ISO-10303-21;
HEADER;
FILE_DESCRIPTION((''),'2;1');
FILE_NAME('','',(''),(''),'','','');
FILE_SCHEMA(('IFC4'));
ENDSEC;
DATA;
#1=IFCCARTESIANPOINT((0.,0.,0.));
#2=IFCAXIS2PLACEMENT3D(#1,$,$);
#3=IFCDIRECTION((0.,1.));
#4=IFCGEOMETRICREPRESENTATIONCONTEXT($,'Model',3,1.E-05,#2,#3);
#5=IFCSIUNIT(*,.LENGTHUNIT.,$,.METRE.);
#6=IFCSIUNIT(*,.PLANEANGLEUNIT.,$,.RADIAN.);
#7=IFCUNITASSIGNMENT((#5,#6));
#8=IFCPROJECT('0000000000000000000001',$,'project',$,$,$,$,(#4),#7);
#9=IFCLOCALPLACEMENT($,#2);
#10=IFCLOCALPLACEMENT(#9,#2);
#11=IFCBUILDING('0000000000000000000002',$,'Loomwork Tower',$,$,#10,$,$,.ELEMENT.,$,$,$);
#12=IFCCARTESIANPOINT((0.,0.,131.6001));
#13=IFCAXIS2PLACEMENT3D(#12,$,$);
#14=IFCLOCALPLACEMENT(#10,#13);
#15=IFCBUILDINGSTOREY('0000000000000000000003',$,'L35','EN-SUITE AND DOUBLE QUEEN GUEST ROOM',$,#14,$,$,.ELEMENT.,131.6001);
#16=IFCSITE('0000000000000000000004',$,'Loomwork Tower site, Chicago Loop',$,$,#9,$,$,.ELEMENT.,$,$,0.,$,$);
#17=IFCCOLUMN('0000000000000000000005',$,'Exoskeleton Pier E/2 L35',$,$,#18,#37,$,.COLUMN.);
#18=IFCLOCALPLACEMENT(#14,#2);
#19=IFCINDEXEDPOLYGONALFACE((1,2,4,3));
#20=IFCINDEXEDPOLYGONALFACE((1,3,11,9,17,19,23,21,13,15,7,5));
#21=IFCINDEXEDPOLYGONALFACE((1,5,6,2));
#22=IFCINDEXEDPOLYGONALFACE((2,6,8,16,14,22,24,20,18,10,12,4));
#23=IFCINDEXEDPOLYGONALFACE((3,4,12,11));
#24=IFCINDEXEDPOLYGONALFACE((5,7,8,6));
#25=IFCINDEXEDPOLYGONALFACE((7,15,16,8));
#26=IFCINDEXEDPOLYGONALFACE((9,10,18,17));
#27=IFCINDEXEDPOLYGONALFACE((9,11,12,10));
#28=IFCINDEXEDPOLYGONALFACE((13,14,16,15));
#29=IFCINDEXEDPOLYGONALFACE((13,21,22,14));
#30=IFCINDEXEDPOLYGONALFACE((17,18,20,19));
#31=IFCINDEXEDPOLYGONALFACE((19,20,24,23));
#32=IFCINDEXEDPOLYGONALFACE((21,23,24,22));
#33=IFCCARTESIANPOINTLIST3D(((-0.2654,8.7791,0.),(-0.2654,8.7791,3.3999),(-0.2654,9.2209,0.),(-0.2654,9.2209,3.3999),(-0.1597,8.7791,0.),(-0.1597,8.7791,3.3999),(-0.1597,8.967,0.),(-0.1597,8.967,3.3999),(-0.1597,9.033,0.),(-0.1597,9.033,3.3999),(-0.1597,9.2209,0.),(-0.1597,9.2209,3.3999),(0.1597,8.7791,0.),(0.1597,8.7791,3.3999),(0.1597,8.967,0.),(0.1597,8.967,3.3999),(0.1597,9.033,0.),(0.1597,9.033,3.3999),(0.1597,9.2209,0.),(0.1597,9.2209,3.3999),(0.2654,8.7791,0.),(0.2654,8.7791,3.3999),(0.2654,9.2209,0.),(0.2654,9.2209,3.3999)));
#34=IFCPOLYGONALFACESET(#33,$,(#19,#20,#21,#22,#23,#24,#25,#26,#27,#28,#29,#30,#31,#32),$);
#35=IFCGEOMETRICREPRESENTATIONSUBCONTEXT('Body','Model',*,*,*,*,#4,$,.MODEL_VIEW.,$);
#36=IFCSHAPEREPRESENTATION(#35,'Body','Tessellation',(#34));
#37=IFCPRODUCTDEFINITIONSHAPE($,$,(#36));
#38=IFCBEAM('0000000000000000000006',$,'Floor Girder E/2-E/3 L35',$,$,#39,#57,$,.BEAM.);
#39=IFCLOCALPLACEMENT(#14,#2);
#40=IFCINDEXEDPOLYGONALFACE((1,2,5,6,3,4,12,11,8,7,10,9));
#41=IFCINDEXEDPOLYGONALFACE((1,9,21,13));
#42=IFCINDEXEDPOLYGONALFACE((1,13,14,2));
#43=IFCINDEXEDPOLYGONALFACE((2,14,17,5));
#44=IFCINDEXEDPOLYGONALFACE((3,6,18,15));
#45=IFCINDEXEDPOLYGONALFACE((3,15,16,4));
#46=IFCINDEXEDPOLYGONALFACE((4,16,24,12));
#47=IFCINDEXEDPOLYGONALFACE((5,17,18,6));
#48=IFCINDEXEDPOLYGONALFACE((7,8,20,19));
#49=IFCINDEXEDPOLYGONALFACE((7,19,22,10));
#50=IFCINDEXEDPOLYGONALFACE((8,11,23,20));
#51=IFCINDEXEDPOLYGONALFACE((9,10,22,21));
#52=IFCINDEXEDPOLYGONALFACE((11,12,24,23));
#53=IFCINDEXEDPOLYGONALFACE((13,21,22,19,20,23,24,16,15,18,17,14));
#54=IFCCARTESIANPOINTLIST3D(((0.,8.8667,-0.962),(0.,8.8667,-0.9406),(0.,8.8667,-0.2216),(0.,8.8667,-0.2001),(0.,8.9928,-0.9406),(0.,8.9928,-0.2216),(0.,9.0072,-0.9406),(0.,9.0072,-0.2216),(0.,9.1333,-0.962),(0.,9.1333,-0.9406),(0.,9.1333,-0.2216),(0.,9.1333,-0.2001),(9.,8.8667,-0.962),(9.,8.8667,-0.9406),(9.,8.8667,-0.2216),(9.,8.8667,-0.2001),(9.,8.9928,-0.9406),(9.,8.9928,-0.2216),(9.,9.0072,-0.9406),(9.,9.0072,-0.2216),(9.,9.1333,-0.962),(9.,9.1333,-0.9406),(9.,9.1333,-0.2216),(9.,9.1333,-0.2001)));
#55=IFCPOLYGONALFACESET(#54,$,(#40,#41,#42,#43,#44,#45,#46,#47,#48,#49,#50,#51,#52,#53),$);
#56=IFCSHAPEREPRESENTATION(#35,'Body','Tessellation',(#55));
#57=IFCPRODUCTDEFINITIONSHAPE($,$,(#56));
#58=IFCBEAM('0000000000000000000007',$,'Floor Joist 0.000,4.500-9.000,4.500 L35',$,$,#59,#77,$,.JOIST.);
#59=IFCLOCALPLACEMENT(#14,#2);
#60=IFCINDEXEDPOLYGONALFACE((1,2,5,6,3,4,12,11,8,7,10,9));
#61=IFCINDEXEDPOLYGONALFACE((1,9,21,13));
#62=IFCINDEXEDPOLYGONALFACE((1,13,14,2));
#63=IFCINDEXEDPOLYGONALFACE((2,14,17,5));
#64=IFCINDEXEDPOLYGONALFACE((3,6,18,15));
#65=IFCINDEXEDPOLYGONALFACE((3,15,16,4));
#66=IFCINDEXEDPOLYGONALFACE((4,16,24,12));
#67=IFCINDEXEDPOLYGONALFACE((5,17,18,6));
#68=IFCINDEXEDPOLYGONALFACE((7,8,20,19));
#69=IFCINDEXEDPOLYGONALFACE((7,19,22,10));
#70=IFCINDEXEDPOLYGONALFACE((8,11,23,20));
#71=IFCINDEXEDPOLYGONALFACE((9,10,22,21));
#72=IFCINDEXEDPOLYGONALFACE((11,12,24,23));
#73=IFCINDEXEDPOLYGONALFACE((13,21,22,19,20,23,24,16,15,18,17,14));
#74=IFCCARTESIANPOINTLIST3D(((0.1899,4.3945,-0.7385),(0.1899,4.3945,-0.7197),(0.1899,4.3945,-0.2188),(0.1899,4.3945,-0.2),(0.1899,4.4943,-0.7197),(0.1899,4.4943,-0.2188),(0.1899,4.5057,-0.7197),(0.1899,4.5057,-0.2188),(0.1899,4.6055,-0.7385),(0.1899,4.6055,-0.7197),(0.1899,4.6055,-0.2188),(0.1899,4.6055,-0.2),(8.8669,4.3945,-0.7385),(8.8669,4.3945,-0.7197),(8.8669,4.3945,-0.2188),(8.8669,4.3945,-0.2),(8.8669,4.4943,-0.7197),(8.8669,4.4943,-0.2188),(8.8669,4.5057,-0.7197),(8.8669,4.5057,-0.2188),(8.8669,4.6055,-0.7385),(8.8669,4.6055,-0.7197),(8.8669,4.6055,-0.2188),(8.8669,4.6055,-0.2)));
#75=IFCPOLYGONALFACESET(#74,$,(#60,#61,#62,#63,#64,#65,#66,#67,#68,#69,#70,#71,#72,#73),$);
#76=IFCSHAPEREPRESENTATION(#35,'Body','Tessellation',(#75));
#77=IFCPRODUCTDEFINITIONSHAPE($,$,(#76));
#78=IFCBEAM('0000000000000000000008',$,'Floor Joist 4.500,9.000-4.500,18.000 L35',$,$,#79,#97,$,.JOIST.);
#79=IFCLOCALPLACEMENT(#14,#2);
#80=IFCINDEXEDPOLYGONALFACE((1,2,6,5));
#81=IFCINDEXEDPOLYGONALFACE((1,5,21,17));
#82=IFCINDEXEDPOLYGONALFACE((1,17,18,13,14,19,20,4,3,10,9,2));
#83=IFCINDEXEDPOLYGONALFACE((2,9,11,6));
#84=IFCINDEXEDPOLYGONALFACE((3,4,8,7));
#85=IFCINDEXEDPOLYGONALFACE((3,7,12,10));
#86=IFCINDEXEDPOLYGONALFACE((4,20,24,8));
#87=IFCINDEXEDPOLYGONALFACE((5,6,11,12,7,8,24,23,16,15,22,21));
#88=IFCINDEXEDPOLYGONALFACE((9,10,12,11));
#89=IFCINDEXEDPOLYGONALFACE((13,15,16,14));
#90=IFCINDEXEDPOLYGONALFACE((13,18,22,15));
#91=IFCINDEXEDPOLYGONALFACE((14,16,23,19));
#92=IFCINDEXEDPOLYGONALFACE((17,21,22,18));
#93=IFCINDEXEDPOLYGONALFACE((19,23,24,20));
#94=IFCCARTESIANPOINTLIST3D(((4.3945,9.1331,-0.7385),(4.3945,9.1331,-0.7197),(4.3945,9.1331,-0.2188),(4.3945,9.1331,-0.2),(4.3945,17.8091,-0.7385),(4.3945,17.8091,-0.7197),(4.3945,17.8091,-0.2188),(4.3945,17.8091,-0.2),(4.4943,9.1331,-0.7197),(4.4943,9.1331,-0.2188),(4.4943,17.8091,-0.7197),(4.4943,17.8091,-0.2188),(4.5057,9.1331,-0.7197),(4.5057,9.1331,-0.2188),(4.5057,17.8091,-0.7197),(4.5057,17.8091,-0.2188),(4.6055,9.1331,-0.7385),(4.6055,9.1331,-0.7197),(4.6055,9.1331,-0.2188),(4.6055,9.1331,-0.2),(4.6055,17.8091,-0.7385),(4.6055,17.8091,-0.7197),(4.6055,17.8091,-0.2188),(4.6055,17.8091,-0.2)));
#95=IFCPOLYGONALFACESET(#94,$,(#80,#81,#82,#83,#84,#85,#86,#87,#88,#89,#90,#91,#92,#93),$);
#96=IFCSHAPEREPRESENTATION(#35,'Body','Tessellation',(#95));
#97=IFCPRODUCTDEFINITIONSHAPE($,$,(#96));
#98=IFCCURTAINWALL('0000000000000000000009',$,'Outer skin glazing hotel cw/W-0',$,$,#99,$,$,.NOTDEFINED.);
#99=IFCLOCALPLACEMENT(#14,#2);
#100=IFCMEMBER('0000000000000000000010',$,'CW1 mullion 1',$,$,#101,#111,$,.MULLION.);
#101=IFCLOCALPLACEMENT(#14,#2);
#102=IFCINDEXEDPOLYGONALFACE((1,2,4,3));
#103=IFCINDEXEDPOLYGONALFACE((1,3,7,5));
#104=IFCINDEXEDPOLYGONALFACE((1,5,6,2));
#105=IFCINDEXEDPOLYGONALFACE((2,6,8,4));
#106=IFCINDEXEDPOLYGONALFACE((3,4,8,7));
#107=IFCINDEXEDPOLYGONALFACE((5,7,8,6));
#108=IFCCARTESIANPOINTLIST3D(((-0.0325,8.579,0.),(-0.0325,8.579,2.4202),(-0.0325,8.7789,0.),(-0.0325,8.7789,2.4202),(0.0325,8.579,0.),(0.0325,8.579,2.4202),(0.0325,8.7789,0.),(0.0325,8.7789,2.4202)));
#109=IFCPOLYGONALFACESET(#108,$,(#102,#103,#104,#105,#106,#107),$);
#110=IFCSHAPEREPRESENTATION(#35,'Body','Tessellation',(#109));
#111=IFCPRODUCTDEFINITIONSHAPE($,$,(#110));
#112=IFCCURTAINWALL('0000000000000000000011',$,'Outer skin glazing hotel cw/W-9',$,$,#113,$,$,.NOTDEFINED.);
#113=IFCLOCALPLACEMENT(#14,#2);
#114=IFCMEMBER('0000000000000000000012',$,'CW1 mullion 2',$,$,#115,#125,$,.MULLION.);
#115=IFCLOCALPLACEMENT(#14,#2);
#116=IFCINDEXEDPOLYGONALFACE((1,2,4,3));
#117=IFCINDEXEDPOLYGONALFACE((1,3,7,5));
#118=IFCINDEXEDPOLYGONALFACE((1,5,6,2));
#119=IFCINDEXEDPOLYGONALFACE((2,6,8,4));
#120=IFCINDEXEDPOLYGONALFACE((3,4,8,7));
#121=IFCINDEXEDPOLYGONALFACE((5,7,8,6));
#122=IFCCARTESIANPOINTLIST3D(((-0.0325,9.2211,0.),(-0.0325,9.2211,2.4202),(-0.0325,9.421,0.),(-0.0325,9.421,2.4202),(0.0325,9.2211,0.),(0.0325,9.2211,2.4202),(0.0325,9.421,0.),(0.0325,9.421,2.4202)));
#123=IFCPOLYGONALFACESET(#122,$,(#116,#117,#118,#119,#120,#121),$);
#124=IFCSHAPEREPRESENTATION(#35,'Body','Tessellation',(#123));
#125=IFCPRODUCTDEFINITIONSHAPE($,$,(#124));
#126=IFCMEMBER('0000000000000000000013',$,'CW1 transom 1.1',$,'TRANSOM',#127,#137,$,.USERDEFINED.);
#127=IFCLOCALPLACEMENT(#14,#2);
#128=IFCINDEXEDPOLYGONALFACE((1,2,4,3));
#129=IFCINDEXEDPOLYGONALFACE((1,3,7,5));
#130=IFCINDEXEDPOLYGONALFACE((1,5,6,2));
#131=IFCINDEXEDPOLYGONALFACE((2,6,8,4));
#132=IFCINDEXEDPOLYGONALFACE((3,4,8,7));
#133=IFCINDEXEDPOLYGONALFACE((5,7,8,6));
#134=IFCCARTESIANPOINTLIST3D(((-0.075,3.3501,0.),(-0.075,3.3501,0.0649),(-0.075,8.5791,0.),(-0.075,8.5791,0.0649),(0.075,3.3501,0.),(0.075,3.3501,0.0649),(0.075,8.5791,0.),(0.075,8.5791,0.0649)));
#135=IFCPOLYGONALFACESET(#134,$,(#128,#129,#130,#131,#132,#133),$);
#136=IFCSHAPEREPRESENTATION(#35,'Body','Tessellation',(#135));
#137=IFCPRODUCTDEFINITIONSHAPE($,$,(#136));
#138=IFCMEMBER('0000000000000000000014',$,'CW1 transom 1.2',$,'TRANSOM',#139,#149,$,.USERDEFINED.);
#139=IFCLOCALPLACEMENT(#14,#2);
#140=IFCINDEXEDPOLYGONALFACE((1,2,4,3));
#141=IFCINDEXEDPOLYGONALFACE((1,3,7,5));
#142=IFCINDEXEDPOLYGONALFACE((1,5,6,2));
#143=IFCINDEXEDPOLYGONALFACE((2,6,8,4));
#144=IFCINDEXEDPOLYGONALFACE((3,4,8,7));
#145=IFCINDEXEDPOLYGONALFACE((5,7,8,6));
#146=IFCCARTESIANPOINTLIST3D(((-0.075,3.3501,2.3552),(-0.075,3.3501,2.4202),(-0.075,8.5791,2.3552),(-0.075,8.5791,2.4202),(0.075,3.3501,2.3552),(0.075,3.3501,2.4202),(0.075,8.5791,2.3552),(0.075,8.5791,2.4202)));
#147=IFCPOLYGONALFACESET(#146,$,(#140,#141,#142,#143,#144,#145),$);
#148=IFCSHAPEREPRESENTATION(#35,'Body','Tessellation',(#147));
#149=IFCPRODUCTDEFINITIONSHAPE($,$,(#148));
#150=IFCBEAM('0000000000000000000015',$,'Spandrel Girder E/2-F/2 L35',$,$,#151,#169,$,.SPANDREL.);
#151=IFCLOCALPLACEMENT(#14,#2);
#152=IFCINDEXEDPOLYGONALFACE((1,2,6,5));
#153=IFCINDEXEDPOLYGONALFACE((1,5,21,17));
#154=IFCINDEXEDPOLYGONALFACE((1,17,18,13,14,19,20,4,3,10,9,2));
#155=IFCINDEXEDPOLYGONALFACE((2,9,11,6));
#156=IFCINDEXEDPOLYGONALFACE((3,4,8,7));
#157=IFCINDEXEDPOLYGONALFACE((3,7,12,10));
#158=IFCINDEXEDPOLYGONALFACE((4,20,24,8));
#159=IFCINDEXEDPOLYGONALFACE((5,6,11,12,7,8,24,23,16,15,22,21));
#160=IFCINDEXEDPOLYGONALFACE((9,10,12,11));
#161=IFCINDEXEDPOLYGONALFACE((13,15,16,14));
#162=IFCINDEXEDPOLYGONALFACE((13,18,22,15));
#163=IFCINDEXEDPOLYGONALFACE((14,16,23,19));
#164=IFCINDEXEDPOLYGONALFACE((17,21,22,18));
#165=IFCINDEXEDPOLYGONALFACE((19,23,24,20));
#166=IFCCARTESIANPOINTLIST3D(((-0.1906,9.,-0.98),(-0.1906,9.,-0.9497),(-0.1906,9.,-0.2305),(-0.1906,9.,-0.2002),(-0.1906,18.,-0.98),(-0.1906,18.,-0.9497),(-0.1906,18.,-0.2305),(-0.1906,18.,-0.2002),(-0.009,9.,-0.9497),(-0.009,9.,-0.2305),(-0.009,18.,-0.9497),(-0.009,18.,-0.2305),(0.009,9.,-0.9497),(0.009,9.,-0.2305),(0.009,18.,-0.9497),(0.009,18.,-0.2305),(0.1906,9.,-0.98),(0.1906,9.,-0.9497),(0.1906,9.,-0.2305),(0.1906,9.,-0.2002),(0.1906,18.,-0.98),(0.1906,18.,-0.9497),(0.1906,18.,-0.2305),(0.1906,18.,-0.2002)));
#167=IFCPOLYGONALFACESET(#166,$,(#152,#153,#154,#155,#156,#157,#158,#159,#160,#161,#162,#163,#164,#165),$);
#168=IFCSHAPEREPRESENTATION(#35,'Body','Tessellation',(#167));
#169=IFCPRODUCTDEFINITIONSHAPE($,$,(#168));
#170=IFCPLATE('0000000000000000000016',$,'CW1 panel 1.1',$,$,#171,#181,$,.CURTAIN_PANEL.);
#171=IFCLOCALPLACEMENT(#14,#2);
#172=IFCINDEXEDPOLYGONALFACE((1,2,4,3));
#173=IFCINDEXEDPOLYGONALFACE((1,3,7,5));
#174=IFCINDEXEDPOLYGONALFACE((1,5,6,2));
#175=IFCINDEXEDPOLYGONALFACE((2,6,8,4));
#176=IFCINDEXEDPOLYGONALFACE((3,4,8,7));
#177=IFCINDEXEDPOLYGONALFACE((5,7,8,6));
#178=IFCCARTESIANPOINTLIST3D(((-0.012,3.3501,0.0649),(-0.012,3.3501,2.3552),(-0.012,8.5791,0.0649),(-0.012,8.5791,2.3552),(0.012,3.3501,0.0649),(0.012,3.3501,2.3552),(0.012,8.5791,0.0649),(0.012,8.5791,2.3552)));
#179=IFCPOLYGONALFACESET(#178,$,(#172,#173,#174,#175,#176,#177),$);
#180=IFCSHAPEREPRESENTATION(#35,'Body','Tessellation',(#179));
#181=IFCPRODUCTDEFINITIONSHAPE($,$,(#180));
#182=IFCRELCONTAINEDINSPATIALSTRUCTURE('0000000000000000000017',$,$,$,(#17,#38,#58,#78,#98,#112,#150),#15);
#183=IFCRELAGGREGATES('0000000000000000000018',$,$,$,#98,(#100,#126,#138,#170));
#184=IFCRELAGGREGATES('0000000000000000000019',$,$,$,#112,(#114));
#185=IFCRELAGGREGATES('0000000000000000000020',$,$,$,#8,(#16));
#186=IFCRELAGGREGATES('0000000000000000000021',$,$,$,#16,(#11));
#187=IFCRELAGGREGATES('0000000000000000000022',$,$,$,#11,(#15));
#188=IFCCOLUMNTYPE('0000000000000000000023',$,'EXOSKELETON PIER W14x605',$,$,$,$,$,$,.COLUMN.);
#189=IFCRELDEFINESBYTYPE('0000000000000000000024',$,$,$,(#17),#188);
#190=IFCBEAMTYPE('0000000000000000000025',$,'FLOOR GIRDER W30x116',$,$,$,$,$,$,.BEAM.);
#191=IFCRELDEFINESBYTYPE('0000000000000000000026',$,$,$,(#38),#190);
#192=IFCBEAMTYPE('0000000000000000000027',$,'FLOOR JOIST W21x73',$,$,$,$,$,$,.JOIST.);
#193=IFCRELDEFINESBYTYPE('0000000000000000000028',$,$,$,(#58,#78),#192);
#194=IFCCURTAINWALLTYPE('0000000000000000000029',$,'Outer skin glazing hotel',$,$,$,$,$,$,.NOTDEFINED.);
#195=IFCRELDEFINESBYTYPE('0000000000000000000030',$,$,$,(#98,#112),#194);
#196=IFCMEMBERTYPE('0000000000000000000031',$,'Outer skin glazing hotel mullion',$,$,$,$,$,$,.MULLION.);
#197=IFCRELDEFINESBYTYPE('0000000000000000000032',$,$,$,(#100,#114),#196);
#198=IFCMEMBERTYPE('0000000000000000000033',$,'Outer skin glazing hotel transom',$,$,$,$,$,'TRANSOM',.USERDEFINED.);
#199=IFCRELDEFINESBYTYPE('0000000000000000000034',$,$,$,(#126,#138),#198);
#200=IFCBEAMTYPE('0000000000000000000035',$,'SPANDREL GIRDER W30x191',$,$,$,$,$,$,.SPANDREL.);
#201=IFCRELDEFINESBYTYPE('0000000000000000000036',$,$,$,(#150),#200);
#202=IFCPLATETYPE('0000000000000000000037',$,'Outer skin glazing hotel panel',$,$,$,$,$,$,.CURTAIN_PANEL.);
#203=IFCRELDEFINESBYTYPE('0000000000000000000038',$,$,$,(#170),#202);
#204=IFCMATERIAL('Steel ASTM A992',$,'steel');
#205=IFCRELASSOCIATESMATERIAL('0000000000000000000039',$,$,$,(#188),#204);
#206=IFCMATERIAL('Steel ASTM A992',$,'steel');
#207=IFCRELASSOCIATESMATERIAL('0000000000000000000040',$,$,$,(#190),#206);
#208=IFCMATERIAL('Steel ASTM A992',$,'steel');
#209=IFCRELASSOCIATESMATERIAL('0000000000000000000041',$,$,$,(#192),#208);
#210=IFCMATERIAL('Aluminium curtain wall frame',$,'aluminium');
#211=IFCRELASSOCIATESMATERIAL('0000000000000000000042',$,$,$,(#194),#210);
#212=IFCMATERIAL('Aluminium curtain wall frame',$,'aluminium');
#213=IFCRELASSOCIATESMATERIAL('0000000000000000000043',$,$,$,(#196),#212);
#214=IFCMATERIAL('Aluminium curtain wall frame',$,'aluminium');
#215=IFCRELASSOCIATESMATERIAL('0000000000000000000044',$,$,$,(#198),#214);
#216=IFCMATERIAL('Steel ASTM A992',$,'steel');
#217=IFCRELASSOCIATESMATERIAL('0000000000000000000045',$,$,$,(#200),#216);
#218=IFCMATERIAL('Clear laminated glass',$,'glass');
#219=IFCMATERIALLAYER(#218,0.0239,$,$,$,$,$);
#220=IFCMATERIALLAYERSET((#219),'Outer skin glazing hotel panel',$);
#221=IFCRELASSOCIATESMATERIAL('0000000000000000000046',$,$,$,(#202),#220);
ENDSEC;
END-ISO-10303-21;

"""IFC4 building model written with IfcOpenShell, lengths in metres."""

from ifc_helpers import new_model, si_unit, direction, frame, origin, origin_2d, place, context, subcontext, project, spatial, rectangle, i_section, extrude, material, layer, layer_set, material_profile, profile_set, type_object, element, aggregate, save


model = new_model("IFC4")

# Units and contexts
model_context = context("Model", 3, precision=1e-05, world=origin(), true_north=direction((0.0, 1.0)))
body_context = subcontext(model_context, "Body", "Model", "MODEL_VIEW")
ifc_project = project(units=[si_unit("LENGTHUNIT", "METRE"), si_unit("PLANEANGLEUNIT", "RADIAN")], contexts=[model_context])

# Site, building, storey
site_placement = place(None, origin())
site = spatial("IfcSite", under=ifc_project, at=site_placement, Name="Loomwork Tower site, Chicago Loop", CompositionType="ELEMENT", RefElevation=0.0)
building_placement = place(site_placement, origin())
building = spatial("IfcBuilding", under=site, at=building_placement, Name="Loomwork Tower", CompositionType="ELEMENT")
storey_placement = place(building_placement, frame((0.0, 0.0, 131.6001)))
storey = spatial("IfcBuildingStorey", under=building, at=storey_placement, Name="L35", Description="EN-SUITE AND DOUBLE QUEEN GUEST ROOM", CompositionType="ELEMENT", Elevation=131.6001)

# Column
ifc_material_1 = material(Name="Steel ASTM A992", Category="steel")
ifc_material_profile_1 = material_profile(ifc_material_1, i_section(OverallWidth=0.4419, OverallDepth=0.5308, WebThickness=0.0659, FlangeThickness=0.1057, at=origin_2d()), Name="W14x605")
ifc_profile_set_1 = profile_set([ifc_material_profile_1], Name="Steel ASTM A992")
column_type = type_object("IfcColumnType", Name="EXOSKELETON PIER W14x605", PredefinedType="COLUMN", material=ifc_profile_set_1)
column_placement = place(storey_placement, frame((0.0, 9.0, 0.0), z_axis=(0.0, 0.0, 1.0), x_axis=(0.0, 1.0, 0.0)))
element("IfcColumn", 1, at=column_placement, inside=storey, type_object=column_type, Name="Exoskeleton Pier E/2 L35", PredefinedType="COLUMN", context=body_context, shape_type="SweptSolid", body=[
    extrude(i_section(OverallWidth=0.4419, OverallDepth=0.5308, WebThickness=0.0659, FlangeThickness=0.1057, at=origin_2d()), origin(), (0.0, 0.0, 1.0), 3.3999),
])

# Beams
ifc_material_2 = material(Name="Steel ASTM A992", Category="steel")
ifc_material_profile_2 = material_profile(ifc_material_2, i_section(OverallWidth=0.2666, OverallDepth=0.762, WebThickness=0.0144, FlangeThickness=0.0215, at=origin_2d()), Name="W30x116")
ifc_profile_set_2 = profile_set([ifc_material_profile_2], Name="Steel ASTM A992")
beam_type_1 = type_object("IfcBeamType", Name="FLOOR GIRDER W30x116", PredefinedType="BEAM", material=ifc_profile_set_2)
beam_1_placement = place(storey_placement, frame((0.0, 9.0, -0.5811), z_axis=(1.0, 0.0, 0.0), x_axis=(0.0, 1.0, 0.0)))
element("IfcBeam", 2, at=beam_1_placement, inside=storey, type_object=beam_type_1, Name="Floor Girder E/2-E/3 L35", PredefinedType="BEAM", context=body_context, shape_type="SweptSolid", body=[
    extrude(i_section(OverallWidth=0.2666, OverallDepth=0.762, WebThickness=0.0144, FlangeThickness=0.0215, at=origin_2d()), origin(), (0.0, 0.0, 1.0), 9.0),
])
ifc_material_3 = material(Name="Steel ASTM A992", Category="steel")
ifc_material_profile_3 = material_profile(ifc_material_3, i_section(OverallWidth=0.2109, OverallDepth=0.5386, WebThickness=0.0115, FlangeThickness=0.0188, at=origin_2d()), Name="W21x73")
ifc_profile_set_3 = profile_set([ifc_material_profile_3], Name="Steel ASTM A992")
beam_type_2 = type_object("IfcBeamType", Name="FLOOR JOIST W21x73", PredefinedType="JOIST", material=ifc_profile_set_3)
beam_2_placement = place(storey_placement, frame((0.1899, 4.5, -0.4692), z_axis=(1.0, 0.0, 0.0), x_axis=(0.0, 1.0, 0.0)))
element("IfcBeam", 3, at=beam_2_placement, inside=storey, type_object=beam_type_2, Name="Floor Joist 0.000,4.500-9.000,4.500 L35", PredefinedType="JOIST", context=body_context, shape_type="SweptSolid", body=[
    extrude(i_section(OverallWidth=0.2109, OverallDepth=0.5386, WebThickness=0.0115, FlangeThickness=0.0188, at=origin_2d()), origin(), (0.0, 0.0, 1.0), 8.677),
])
beam_3_placement = place(storey_placement, frame((4.5, 9.1331, -0.4692), z_axis=(0.0, 1.0, 0.0), x_axis=(-1.0, 0.0, 0.0)))
element("IfcBeam", 4, at=beam_3_placement, inside=storey, type_object=beam_type_2, Name="Floor Joist 4.500,9.000-4.500,18.000 L35", PredefinedType="JOIST", context=body_context, shape_type="SweptSolid", body=[
    extrude(i_section(OverallWidth=0.2109, OverallDepth=0.5386, WebThickness=0.0115, FlangeThickness=0.0188, at=origin_2d()), origin(), (0.0, 0.0, 1.0), 8.676),
])

# Curtain walls, members
ifc_material_4 = material(Name="Aluminium curtain wall frame", Category="aluminium")
curtain_wall_type = type_object("IfcCurtainWallType", Name="Outer skin glazing hotel", PredefinedType="NOTDEFINED", material=ifc_material_4)
curtain_wall_1_placement = place(storey_placement, origin())
curtain_wall_1 = element("IfcCurtainWall", 5, at=curtain_wall_1_placement, inside=storey, type_object=curtain_wall_type, Name="Outer skin glazing hotel cw/W-0", PredefinedType="NOTDEFINED")
ifc_material_5 = material(Name="Aluminium curtain wall frame", Category="aluminium")
ifc_material_profile_4 = material_profile(ifc_material_5, rectangle(XDim=0.0649, YDim=0.2, at=origin_2d()), Name="AL 65x200")
ifc_profile_set_4 = profile_set([ifc_material_profile_4], Name="Aluminium curtain wall frame")
member_type_1 = type_object("IfcMemberType", Name="Outer skin glazing hotel mullion", PredefinedType="MULLION", material=ifc_profile_set_4)
member_1_placement = place(storey_placement, frame((0.0, 8.679, 0.0), z_axis=(0.0, 0.0, 1.0), x_axis=(1.0, 0.0, 0.0)))
member_1 = element("IfcMember", 6, at=member_1_placement, type_object=member_type_1, Name="CW1 mullion 1", PredefinedType="MULLION", context=body_context, shape_type="SweptSolid", body=[
    extrude(rectangle(XDim=0.0649, YDim=0.2, at=origin_2d()), origin(), (0.0, 0.0, 1.0), 2.4202),
])
curtain_wall_2_placement = place(storey_placement, origin())
curtain_wall_2 = element("IfcCurtainWall", 7, at=curtain_wall_2_placement, inside=storey, type_object=curtain_wall_type, Name="Outer skin glazing hotel cw/W-9", PredefinedType="NOTDEFINED")
member_2_placement = place(storey_placement, frame((0.0, 9.321, 0.0), z_axis=(0.0, 0.0, 1.0), x_axis=(1.0, 0.0, 0.0)))
member_2 = element("IfcMember", 8, at=member_2_placement, type_object=member_type_1, Name="CW1 mullion 2", PredefinedType="MULLION", context=body_context, shape_type="SweptSolid", body=[
    extrude(rectangle(XDim=0.0649, YDim=0.2, at=origin_2d()), origin(), (0.0, 0.0, 1.0), 2.4202),
])

# Members
ifc_material_6 = material(Name="Aluminium curtain wall frame", Category="aluminium")
ifc_material_profile_5 = material_profile(ifc_material_6, rectangle(XDim=0.1499, YDim=0.0649, at=origin_2d()), Name="AL 65x150")
ifc_profile_set_5 = profile_set([ifc_material_profile_5], Name="Aluminium curtain wall frame")
member_type_2 = type_object("IfcMemberType", Name="Outer skin glazing hotel transom", ElementType="TRANSOM", PredefinedType="USERDEFINED", material=ifc_profile_set_5)
member_3_placement = place(storey_placement, frame((0.0, 8.5791, 0.0325), z_axis=(0.0, -1.0, 0.0), x_axis=(1.0, 0.0, 0.0)))
member_3 = element("IfcMember", 9, at=member_3_placement, type_object=member_type_2, Name="CW1 transom 1.1", ObjectType="TRANSOM", PredefinedType="USERDEFINED", context=body_context, shape_type="SweptSolid", body=[
    extrude(rectangle(XDim=0.1499, YDim=0.0649, at=origin_2d()), origin(), (0.0, 0.0, 1.0), 5.229),
])
member_4_placement = place(storey_placement, frame((0.0, 8.5791, 2.3877), z_axis=(0.0, -1.0, 0.0), x_axis=(1.0, 0.0, 0.0)))
member_4 = element("IfcMember", 10, at=member_4_placement, type_object=member_type_2, Name="CW1 transom 1.2", ObjectType="TRANSOM", PredefinedType="USERDEFINED", context=body_context, shape_type="SweptSolid", body=[
    extrude(rectangle(XDim=0.1499, YDim=0.0649, at=origin_2d()), origin(), (0.0, 0.0, 1.0), 5.229),
])

# Beam
ifc_material_7 = material(Name="Steel ASTM A992", Category="steel")
ifc_material_profile_6 = material_profile(ifc_material_7, i_section(OverallWidth=0.3811, OverallDepth=0.7798, WebThickness=0.0181, FlangeThickness=0.0303, at=origin_2d()), Name="W30x191")
ifc_profile_set_6 = profile_set([ifc_material_profile_6], Name="Steel ASTM A992")
beam_type_3 = type_object("IfcBeamType", Name="SPANDREL GIRDER W30x191", PredefinedType="SPANDREL", material=ifc_profile_set_6)
beam_4_placement = place(storey_placement, frame((0.0, 9.0, -0.5901), z_axis=(0.0, 1.0, 0.0), x_axis=(-1.0, 0.0, 0.0)))
element("IfcBeam", 11, at=beam_4_placement, inside=storey, type_object=beam_type_3, Name="Spandrel Girder E/2-F/2 L35", PredefinedType="SPANDREL", context=body_context, shape_type="SweptSolid", body=[
    extrude(i_section(OverallWidth=0.3811, OverallDepth=0.7798, WebThickness=0.0181, FlangeThickness=0.0303, at=origin_2d()), origin(), (0.0, 0.0, 1.0), 9.0),
])

# Plate
ifc_material_8 = material(Name="Clear laminated glass", Category="glass")
ifc_layer_1 = layer(ifc_material_8, 0.0239)
ifc_layer_set_1 = layer_set([ifc_layer_1], Name="Outer skin glazing hotel panel")
plate_type = type_object("IfcPlateType", Name="Outer skin glazing hotel panel", PredefinedType="CURTAIN_PANEL", material=ifc_layer_set_1)
plate_1_placement = place(storey_placement, frame((0.0, 5.9646, 0.0649), z_axis=(0.0, 0.0, 1.0), x_axis=(0.0, -1.0, 0.0)))
plate_1 = element("IfcPlate", 12, at=plate_1_placement, type_object=plate_type, Name="CW1 panel 1.1", PredefinedType="CURTAIN_PANEL", context=body_context, shape_type="SweptSolid", body=[
    extrude(rectangle(XDim=5.229, YDim=0.0239, at=origin_2d()), origin(), (0.0, 0.0, 1.0), 2.2903),
])
aggregate(curtain_wall_1, [member_1, member_3, member_4, plate_1])
aggregate(curtain_wall_2, [member_2])

save(model, "model.ifc")
